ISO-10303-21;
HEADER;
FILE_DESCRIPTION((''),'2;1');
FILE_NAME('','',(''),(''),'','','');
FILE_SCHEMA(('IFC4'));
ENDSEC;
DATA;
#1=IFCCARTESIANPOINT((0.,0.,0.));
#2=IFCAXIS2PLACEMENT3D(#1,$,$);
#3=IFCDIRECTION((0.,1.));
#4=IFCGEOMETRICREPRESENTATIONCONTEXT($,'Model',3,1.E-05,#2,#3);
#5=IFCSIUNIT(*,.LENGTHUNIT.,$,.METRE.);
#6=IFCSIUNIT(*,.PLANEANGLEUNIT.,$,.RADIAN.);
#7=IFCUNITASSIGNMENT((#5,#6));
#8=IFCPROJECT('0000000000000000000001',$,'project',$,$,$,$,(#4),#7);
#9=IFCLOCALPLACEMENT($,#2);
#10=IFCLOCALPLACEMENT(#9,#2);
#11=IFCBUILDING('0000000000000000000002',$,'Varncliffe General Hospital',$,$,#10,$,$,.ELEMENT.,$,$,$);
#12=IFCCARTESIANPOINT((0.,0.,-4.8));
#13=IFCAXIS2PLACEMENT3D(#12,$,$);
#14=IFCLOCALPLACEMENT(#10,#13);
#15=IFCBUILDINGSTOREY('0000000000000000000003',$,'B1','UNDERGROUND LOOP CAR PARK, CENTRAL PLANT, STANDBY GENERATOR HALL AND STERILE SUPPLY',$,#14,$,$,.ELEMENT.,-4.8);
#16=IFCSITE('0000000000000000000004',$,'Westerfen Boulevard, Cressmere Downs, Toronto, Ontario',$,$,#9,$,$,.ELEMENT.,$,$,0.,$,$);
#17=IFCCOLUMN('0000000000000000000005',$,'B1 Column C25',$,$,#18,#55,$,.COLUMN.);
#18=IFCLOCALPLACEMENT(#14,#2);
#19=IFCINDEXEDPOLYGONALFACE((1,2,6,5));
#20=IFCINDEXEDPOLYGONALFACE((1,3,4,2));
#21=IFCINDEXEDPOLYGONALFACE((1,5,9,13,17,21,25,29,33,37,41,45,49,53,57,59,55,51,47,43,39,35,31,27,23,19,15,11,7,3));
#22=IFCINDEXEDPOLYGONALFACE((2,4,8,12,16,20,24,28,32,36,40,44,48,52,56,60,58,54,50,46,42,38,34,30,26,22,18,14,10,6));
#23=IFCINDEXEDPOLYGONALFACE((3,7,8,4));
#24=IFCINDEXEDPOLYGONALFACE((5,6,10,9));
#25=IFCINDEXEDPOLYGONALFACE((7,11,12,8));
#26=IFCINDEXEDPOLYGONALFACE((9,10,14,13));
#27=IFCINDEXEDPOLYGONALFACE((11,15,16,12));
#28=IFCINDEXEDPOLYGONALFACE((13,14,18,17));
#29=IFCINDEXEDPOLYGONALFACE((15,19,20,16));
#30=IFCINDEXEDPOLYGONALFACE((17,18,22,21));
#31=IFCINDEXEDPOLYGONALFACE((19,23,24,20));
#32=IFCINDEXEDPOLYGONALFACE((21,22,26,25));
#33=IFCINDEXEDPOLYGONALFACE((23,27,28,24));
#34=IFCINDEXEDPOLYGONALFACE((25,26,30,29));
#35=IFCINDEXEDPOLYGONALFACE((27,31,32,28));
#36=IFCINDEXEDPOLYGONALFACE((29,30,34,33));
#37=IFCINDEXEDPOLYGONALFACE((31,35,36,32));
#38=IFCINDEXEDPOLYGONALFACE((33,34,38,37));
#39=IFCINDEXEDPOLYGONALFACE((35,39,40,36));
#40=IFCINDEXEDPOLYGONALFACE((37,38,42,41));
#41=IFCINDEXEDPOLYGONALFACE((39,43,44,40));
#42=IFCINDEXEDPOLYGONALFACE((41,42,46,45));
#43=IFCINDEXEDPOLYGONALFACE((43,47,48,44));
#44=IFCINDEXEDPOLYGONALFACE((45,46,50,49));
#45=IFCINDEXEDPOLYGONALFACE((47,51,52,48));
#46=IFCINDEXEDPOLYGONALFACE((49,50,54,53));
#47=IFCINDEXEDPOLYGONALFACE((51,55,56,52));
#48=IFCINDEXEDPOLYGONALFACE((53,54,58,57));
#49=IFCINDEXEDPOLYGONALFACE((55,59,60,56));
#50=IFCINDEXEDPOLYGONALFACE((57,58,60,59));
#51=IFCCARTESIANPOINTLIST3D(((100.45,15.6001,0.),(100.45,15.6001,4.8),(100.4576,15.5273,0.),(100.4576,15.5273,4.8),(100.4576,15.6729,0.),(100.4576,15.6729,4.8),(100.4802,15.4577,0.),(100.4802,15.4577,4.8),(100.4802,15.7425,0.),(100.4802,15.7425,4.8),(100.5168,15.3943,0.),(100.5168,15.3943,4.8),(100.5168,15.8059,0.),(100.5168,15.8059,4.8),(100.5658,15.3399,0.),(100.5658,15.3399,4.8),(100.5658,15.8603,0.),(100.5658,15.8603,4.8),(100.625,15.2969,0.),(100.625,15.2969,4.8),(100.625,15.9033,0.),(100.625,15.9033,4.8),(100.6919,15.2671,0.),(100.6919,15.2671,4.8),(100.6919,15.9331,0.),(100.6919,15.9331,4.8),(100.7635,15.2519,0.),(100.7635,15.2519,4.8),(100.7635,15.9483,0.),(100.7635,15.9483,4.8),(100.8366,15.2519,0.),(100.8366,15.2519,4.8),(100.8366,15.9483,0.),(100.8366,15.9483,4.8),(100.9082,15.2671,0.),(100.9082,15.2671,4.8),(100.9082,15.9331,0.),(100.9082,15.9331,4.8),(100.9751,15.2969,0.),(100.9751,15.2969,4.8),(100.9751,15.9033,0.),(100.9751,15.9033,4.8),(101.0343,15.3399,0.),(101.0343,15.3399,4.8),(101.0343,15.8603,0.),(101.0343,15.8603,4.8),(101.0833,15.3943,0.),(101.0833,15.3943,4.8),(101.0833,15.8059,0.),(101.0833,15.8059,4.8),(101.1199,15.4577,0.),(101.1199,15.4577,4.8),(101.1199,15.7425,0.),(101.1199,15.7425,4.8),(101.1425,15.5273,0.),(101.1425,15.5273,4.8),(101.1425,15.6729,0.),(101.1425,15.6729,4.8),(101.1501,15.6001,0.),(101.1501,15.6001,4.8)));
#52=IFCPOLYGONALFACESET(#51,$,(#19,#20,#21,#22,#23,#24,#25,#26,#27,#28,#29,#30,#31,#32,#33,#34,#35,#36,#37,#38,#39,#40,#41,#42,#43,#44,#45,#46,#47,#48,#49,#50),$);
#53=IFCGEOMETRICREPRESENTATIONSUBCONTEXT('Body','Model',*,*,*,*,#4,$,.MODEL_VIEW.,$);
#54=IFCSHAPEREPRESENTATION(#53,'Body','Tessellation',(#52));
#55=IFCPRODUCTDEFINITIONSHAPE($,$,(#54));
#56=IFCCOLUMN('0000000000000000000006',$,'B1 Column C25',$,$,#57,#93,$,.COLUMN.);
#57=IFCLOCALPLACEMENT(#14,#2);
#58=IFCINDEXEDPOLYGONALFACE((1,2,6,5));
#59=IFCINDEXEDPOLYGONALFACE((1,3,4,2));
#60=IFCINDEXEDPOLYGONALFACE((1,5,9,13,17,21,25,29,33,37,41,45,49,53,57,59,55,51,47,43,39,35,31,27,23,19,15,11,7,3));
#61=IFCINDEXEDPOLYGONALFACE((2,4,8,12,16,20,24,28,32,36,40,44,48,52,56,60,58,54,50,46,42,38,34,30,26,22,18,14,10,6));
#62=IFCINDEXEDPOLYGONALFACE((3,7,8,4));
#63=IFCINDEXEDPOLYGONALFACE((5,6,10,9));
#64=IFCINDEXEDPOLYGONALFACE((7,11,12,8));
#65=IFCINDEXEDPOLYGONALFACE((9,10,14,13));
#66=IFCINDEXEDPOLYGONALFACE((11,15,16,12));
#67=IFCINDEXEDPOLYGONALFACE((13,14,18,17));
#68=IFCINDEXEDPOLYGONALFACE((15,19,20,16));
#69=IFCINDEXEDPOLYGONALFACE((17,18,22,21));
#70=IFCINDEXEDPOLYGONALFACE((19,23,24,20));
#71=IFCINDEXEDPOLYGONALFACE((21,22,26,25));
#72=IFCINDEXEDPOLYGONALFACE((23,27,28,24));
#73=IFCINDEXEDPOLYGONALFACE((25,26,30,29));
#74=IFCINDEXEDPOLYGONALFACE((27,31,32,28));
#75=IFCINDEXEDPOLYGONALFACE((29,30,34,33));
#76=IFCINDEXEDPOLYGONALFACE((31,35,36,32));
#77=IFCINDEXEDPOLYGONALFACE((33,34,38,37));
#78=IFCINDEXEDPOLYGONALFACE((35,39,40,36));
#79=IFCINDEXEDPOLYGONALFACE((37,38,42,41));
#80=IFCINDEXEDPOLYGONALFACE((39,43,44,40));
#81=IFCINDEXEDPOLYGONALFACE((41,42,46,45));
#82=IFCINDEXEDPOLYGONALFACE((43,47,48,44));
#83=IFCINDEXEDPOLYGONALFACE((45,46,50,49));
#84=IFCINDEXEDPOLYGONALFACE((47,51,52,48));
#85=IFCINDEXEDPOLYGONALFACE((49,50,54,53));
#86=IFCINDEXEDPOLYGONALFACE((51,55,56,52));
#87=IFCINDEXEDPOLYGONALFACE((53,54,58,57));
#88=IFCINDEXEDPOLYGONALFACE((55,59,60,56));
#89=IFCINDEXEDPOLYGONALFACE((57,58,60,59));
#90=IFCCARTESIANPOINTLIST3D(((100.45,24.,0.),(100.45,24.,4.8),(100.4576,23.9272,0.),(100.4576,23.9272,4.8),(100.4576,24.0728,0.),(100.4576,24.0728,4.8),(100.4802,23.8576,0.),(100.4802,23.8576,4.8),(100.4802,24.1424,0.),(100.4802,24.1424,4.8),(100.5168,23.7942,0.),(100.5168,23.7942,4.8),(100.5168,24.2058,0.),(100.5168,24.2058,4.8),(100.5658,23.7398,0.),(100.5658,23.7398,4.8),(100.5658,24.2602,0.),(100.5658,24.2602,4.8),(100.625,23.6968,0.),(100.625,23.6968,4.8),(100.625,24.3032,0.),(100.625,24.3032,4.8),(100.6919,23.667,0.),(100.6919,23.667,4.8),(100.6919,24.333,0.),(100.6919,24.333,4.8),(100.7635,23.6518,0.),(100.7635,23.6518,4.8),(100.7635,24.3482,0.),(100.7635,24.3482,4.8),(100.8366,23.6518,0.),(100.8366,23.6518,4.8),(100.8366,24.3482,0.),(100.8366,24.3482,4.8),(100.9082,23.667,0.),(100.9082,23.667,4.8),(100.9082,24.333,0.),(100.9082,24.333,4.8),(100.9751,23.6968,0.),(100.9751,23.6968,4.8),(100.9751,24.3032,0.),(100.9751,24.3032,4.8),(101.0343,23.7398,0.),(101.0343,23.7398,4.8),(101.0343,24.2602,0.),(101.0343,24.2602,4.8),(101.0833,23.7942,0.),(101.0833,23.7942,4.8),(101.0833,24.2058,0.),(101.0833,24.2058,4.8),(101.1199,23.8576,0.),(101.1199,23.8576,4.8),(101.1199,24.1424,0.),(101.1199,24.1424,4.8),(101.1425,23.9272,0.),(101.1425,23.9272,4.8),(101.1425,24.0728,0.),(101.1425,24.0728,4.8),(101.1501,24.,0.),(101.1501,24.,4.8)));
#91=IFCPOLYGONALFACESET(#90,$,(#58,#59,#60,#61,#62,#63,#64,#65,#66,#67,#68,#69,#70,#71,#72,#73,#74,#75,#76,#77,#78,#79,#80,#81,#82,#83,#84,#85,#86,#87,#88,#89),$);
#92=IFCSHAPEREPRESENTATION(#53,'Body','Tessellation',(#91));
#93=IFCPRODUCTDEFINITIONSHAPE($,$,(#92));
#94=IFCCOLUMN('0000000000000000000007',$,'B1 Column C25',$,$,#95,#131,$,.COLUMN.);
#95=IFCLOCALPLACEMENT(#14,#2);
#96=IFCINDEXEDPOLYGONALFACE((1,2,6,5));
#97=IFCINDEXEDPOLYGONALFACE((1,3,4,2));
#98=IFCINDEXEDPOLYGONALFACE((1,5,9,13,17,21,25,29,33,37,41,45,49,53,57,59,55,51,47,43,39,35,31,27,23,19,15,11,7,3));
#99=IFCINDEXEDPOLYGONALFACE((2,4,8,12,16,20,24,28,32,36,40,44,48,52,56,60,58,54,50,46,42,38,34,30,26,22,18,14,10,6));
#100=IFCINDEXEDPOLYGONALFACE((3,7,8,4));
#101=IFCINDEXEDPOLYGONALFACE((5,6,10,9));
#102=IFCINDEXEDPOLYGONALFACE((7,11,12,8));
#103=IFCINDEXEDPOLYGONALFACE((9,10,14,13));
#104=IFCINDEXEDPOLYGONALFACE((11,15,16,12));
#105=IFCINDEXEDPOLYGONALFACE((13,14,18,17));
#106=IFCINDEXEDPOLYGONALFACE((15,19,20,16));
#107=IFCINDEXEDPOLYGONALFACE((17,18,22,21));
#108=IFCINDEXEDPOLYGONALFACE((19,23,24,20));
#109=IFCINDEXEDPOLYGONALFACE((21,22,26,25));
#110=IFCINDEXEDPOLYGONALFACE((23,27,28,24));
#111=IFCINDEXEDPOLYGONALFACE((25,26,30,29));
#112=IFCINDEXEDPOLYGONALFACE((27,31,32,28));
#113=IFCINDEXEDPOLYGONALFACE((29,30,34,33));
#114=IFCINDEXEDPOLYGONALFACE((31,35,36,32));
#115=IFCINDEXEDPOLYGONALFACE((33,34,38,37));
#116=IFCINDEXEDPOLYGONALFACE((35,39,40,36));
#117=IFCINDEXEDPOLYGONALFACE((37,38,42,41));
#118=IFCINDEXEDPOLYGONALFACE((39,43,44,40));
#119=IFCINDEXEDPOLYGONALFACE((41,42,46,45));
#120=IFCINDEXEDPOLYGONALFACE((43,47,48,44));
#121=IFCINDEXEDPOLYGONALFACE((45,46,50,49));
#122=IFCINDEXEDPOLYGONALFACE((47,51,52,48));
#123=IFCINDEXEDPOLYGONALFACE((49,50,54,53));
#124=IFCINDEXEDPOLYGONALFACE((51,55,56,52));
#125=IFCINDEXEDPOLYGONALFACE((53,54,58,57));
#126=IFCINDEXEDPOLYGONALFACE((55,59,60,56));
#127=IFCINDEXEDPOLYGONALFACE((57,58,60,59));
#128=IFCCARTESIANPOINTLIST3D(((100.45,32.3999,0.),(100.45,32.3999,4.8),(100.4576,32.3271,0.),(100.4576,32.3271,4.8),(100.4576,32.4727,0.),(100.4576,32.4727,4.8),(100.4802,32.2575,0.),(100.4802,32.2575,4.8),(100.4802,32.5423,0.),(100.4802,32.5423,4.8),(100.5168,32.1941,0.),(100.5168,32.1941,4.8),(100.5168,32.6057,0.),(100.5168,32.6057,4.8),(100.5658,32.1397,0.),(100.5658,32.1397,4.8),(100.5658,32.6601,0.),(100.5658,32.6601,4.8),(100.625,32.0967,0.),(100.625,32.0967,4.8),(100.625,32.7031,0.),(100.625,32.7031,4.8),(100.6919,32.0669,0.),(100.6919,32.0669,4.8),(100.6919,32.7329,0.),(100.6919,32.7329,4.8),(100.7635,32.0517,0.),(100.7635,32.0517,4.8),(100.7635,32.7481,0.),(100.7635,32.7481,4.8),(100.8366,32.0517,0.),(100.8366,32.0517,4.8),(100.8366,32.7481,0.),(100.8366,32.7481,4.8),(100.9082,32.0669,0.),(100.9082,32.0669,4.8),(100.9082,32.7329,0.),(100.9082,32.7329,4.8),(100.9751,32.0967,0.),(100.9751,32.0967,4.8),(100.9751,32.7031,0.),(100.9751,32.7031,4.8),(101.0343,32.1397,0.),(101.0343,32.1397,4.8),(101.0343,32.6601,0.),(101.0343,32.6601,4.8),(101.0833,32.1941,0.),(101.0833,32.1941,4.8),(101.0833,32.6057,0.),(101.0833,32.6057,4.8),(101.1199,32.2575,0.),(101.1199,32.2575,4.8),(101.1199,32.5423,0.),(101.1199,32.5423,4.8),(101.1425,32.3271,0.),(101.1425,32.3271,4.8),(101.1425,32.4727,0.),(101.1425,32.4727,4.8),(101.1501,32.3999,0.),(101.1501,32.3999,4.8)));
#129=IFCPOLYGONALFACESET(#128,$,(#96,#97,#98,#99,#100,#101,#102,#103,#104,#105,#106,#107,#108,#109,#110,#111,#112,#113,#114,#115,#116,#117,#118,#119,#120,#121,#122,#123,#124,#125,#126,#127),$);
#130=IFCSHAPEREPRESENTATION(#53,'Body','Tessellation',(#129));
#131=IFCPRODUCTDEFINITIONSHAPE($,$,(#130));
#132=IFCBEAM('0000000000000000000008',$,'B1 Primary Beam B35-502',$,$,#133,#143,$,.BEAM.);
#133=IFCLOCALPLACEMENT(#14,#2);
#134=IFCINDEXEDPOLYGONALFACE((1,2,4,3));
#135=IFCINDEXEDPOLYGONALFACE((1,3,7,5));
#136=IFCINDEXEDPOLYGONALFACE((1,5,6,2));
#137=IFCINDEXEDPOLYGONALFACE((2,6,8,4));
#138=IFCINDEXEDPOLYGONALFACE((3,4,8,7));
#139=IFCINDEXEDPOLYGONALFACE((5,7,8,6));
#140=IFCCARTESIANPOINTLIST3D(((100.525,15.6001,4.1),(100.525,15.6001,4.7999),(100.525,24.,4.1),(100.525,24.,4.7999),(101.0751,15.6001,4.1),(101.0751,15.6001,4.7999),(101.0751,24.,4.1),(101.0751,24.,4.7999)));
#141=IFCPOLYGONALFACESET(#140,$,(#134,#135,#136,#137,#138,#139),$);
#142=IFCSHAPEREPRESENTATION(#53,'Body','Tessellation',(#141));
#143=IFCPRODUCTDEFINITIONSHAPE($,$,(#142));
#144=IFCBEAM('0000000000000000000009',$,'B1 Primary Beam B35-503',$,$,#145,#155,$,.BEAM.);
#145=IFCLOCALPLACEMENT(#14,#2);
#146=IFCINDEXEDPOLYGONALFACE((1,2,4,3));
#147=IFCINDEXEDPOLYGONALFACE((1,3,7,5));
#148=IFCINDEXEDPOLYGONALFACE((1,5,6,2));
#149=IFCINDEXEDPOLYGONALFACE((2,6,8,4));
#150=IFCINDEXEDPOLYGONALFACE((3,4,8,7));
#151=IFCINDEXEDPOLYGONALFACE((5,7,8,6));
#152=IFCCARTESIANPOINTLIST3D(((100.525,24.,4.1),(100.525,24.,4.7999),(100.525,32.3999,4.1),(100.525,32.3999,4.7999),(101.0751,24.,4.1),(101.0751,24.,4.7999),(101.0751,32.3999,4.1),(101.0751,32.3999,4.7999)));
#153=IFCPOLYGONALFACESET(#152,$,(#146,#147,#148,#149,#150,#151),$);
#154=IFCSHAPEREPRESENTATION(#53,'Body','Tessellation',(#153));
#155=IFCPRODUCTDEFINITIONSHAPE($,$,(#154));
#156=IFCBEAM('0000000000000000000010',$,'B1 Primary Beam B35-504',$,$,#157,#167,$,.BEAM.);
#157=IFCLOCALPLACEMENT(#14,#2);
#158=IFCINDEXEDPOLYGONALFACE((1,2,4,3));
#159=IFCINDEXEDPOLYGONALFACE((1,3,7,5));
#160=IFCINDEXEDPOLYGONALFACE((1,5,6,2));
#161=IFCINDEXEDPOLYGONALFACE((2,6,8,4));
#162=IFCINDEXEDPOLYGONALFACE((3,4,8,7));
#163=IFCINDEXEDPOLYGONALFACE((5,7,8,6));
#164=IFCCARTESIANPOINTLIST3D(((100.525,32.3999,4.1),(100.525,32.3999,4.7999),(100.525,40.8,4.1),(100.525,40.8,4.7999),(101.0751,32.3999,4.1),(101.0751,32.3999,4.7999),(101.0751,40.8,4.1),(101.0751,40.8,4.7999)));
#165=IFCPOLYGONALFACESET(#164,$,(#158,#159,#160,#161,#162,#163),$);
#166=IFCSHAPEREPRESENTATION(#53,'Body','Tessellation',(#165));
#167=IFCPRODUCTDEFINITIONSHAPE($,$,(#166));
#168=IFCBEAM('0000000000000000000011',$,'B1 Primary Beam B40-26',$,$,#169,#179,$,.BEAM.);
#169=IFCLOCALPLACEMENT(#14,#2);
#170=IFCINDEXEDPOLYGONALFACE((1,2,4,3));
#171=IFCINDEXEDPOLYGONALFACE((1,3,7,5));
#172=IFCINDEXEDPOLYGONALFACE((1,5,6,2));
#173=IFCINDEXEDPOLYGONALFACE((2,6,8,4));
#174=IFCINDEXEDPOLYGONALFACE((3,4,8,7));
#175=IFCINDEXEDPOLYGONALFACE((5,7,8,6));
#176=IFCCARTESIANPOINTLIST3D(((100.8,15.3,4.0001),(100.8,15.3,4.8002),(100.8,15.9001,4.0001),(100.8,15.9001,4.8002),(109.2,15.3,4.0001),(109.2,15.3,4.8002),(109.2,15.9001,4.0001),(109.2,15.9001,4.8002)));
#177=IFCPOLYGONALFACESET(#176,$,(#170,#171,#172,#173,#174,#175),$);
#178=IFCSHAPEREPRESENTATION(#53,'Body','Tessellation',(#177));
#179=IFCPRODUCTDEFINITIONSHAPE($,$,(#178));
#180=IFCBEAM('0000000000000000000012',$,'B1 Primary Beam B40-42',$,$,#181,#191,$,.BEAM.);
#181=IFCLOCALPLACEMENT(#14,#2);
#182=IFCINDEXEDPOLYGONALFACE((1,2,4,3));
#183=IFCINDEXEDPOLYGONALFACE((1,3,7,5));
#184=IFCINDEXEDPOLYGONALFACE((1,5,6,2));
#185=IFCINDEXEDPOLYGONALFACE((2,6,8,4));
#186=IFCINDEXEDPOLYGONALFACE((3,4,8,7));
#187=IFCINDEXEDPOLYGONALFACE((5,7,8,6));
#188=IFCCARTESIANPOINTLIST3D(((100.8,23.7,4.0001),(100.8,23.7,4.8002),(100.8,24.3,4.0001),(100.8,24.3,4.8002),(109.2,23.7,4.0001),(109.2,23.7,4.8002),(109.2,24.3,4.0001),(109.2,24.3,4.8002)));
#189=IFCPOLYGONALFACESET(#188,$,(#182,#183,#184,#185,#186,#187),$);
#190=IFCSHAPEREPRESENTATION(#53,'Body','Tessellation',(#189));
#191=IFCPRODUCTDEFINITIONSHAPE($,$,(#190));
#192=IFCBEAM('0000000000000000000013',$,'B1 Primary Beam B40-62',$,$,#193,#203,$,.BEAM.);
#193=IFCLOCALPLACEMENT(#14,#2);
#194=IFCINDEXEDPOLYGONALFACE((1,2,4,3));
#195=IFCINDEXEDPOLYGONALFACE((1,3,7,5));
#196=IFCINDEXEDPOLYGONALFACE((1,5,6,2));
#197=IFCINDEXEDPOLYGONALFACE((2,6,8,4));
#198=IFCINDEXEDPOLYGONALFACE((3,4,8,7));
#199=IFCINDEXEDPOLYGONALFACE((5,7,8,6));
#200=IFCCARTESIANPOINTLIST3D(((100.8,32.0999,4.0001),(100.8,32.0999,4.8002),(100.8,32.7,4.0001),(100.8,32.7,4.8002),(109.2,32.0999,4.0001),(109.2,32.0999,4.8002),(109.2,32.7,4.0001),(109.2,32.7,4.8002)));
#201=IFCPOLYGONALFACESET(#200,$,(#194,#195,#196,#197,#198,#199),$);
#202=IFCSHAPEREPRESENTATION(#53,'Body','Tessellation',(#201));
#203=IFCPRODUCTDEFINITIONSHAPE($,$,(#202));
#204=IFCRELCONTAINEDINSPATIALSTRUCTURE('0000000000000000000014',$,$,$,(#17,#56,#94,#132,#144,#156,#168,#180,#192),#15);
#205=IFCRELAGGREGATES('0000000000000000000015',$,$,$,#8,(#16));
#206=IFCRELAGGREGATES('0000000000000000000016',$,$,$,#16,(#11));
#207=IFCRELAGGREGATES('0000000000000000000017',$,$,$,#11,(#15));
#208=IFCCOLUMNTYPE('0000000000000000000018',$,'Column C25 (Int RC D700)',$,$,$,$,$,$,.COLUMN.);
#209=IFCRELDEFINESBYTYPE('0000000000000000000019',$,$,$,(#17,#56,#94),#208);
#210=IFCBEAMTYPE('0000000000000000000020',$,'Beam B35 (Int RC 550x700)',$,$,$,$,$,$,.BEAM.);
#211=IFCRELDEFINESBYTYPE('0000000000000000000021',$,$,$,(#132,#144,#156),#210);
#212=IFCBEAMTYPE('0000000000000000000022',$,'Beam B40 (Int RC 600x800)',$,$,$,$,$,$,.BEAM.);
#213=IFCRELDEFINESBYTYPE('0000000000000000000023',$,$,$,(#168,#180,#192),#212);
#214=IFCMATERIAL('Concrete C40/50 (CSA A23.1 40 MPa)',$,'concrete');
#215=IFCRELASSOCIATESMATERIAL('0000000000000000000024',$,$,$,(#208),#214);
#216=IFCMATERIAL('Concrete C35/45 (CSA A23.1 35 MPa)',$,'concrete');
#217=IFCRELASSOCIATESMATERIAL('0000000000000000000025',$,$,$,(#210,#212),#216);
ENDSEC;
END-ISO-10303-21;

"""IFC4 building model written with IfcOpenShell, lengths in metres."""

from ifc_helpers import new_model, si_unit, direction, frame, origin, origin_2d, place, context, subcontext, project, spatial, rectangle, circle, extrude, material, material_profile, profile_set, type_object, element, save


model = new_model("IFC4")

# Units and contexts
model_context = context("Model", 3, precision=1e-05, world=origin(), true_north=direction((0.0, 1.0)))
body_context = subcontext(model_context, "Body", "Model", "MODEL_VIEW")
ifc_project = project(units=[si_unit("LENGTHUNIT", "METRE"), si_unit("PLANEANGLEUNIT", "RADIAN")], contexts=[model_context])

# Site, building, storey
site_placement = place(None, origin())
site = spatial("IfcSite", under=ifc_project, at=site_placement, Name="Westerfen Boulevard, Cressmere Downs, Toronto, Ontario", CompositionType="ELEMENT", RefElevation=0.0)
building_placement = place(site_placement, origin())
building = spatial("IfcBuilding", under=site, at=building_placement, Name="Varncliffe General Hospital", CompositionType="ELEMENT")
storey_placement = place(building_placement, frame((0.0, 0.0, -4.8)))
storey = spatial("IfcBuildingStorey", under=building, at=storey_placement, Name="B1", Description="UNDERGROUND LOOP CAR PARK, CENTRAL PLANT, STANDBY GENERATOR HALL AND STERILE SUPPLY", CompositionType="ELEMENT", Elevation=-4.8)

# Shared definitions
ifc_material_1 = material(Name="Concrete C40/50 (CSA A23.1 40 MPa)", Category="concrete")

# Columns
ifc_material_profile_1 = material_profile(ifc_material_1, circle(Radius=0.3501, at=origin_2d()), Name="RC D700")
ifc_profile_set_1 = profile_set([ifc_material_profile_1], Name="Concrete C40/50 (CSA A23.1 40 MPa)")
column_type = type_object("IfcColumnType", Name="Column C25 (Int RC D700)", PredefinedType="COLUMN", material=ifc_profile_set_1)
for number, where, z_axis, x_axis, name in (
    (1, (100.8, 15.6001, 0.0), (0.0, 0.0, 1.0), (1.0, 0.0, 0.0), "B1 Column C25"),
    (2, (100.8, 24.0, 0.0), (0.0, 0.0, 1.0), (1.0, 0.0, 0.0), "B1 Column C25"),
    (3, (100.8, 32.3999, 0.0), (0.0, 0.0, 1.0), (1.0, 0.0, 0.0), "B1 Column C25"),
):
    element("IfcColumn", number, at=place(storey_placement, frame(where, z_axis=z_axis, x_axis=x_axis)), inside=storey, type_object=column_type, Name=name, PredefinedType="COLUMN", context=body_context, shape_type="SweptSolid", body=[
        extrude(circle(Radius=0.3501, at=origin_2d()), origin(), (0.0, 0.0, 1.0), 4.8),
    ])

# Beams
ifc_material_2 = material(Name="Concrete C35/45 (CSA A23.1 35 MPa)", Category="concrete")
ifc_material_profile_2 = material_profile(ifc_material_2, rectangle(XDim=0.55, YDim=0.7, at=origin_2d()), Name="RC 550x700")
ifc_profile_set_2 = profile_set([ifc_material_profile_2], Name="Concrete C35/45 (CSA A23.1 35 MPa)")
beam_type_1 = type_object("IfcBeamType", Name="Beam B35 (Int RC 550x700)", PredefinedType="BEAM", material=ifc_profile_set_2)
for number, where, z_axis, x_axis, name in (
    (4, (100.8, 15.6001, 4.45), (0.0, 1.0, 0.0), (-1.0, 0.0, 0.0), "B1 Primary Beam B35-502"),
    (5, (100.8, 24.0, 4.45), (0.0, 1.0, 0.0), (-1.0, 0.0, 0.0), "B1 Primary Beam B35-503"),
):
    element("IfcBeam", number, at=place(storey_placement, frame(where, z_axis=z_axis, x_axis=x_axis)), inside=storey, type_object=beam_type_1, Name=name, PredefinedType="BEAM", context=body_context, shape_type="SweptSolid", body=[
        extrude(rectangle(XDim=0.55, YDim=0.7, at=origin_2d()), origin(), (0.0, 0.0, 1.0), 8.3999),
    ])
beam_placement = place(storey_placement, frame((100.8, 32.3999, 4.45), z_axis=(0.0, 1.0, 0.0), x_axis=(-1.0, 0.0, 0.0)))
element("IfcBeam", 6, at=beam_placement, inside=storey, type_object=beam_type_1, Name="B1 Primary Beam B35-504", PredefinedType="BEAM", context=body_context, shape_type="SweptSolid", body=[
    extrude(rectangle(XDim=0.55, YDim=0.7, at=origin_2d()), origin(), (0.0, 0.0, 1.0), 8.4001),
])
ifc_material_profile_3 = material_profile(ifc_material_2, rectangle(XDim=0.6001, YDim=0.8, at=origin_2d()), Name="RC 600x800")
ifc_profile_set_3 = profile_set([ifc_material_profile_3], Name="Concrete C35/45 (CSA A23.1 35 MPa)")
beam_type_2 = type_object("IfcBeamType", Name="Beam B40 (Int RC 600x800)", PredefinedType="BEAM", material=ifc_profile_set_3)
for number, where, z_axis, x_axis, name in (
    (7, (100.8, 15.6001, 4.4001), (1.0, 0.0, 0.0), (0.0, 1.0, 0.0), "B1 Primary Beam B40-26"),
    (8, (100.8, 24.0, 4.4001), (1.0, 0.0, 0.0), (0.0, 1.0, 0.0), "B1 Primary Beam B40-42"),
    (9, (100.8, 32.3999, 4.4001), (1.0, 0.0, 0.0), (0.0, 1.0, 0.0), "B1 Primary Beam B40-62"),
):
    element("IfcBeam", number, at=place(storey_placement, frame(where, z_axis=z_axis, x_axis=x_axis)), inside=storey, type_object=beam_type_2, Name=name, PredefinedType="BEAM", context=body_context, shape_type="SweptSolid", body=[
        extrude(rectangle(XDim=0.6001, YDim=0.8, at=origin_2d()), origin(), (0.0, 0.0, 1.0), 8.3999),
    ])

save(model, "model.ifc")
